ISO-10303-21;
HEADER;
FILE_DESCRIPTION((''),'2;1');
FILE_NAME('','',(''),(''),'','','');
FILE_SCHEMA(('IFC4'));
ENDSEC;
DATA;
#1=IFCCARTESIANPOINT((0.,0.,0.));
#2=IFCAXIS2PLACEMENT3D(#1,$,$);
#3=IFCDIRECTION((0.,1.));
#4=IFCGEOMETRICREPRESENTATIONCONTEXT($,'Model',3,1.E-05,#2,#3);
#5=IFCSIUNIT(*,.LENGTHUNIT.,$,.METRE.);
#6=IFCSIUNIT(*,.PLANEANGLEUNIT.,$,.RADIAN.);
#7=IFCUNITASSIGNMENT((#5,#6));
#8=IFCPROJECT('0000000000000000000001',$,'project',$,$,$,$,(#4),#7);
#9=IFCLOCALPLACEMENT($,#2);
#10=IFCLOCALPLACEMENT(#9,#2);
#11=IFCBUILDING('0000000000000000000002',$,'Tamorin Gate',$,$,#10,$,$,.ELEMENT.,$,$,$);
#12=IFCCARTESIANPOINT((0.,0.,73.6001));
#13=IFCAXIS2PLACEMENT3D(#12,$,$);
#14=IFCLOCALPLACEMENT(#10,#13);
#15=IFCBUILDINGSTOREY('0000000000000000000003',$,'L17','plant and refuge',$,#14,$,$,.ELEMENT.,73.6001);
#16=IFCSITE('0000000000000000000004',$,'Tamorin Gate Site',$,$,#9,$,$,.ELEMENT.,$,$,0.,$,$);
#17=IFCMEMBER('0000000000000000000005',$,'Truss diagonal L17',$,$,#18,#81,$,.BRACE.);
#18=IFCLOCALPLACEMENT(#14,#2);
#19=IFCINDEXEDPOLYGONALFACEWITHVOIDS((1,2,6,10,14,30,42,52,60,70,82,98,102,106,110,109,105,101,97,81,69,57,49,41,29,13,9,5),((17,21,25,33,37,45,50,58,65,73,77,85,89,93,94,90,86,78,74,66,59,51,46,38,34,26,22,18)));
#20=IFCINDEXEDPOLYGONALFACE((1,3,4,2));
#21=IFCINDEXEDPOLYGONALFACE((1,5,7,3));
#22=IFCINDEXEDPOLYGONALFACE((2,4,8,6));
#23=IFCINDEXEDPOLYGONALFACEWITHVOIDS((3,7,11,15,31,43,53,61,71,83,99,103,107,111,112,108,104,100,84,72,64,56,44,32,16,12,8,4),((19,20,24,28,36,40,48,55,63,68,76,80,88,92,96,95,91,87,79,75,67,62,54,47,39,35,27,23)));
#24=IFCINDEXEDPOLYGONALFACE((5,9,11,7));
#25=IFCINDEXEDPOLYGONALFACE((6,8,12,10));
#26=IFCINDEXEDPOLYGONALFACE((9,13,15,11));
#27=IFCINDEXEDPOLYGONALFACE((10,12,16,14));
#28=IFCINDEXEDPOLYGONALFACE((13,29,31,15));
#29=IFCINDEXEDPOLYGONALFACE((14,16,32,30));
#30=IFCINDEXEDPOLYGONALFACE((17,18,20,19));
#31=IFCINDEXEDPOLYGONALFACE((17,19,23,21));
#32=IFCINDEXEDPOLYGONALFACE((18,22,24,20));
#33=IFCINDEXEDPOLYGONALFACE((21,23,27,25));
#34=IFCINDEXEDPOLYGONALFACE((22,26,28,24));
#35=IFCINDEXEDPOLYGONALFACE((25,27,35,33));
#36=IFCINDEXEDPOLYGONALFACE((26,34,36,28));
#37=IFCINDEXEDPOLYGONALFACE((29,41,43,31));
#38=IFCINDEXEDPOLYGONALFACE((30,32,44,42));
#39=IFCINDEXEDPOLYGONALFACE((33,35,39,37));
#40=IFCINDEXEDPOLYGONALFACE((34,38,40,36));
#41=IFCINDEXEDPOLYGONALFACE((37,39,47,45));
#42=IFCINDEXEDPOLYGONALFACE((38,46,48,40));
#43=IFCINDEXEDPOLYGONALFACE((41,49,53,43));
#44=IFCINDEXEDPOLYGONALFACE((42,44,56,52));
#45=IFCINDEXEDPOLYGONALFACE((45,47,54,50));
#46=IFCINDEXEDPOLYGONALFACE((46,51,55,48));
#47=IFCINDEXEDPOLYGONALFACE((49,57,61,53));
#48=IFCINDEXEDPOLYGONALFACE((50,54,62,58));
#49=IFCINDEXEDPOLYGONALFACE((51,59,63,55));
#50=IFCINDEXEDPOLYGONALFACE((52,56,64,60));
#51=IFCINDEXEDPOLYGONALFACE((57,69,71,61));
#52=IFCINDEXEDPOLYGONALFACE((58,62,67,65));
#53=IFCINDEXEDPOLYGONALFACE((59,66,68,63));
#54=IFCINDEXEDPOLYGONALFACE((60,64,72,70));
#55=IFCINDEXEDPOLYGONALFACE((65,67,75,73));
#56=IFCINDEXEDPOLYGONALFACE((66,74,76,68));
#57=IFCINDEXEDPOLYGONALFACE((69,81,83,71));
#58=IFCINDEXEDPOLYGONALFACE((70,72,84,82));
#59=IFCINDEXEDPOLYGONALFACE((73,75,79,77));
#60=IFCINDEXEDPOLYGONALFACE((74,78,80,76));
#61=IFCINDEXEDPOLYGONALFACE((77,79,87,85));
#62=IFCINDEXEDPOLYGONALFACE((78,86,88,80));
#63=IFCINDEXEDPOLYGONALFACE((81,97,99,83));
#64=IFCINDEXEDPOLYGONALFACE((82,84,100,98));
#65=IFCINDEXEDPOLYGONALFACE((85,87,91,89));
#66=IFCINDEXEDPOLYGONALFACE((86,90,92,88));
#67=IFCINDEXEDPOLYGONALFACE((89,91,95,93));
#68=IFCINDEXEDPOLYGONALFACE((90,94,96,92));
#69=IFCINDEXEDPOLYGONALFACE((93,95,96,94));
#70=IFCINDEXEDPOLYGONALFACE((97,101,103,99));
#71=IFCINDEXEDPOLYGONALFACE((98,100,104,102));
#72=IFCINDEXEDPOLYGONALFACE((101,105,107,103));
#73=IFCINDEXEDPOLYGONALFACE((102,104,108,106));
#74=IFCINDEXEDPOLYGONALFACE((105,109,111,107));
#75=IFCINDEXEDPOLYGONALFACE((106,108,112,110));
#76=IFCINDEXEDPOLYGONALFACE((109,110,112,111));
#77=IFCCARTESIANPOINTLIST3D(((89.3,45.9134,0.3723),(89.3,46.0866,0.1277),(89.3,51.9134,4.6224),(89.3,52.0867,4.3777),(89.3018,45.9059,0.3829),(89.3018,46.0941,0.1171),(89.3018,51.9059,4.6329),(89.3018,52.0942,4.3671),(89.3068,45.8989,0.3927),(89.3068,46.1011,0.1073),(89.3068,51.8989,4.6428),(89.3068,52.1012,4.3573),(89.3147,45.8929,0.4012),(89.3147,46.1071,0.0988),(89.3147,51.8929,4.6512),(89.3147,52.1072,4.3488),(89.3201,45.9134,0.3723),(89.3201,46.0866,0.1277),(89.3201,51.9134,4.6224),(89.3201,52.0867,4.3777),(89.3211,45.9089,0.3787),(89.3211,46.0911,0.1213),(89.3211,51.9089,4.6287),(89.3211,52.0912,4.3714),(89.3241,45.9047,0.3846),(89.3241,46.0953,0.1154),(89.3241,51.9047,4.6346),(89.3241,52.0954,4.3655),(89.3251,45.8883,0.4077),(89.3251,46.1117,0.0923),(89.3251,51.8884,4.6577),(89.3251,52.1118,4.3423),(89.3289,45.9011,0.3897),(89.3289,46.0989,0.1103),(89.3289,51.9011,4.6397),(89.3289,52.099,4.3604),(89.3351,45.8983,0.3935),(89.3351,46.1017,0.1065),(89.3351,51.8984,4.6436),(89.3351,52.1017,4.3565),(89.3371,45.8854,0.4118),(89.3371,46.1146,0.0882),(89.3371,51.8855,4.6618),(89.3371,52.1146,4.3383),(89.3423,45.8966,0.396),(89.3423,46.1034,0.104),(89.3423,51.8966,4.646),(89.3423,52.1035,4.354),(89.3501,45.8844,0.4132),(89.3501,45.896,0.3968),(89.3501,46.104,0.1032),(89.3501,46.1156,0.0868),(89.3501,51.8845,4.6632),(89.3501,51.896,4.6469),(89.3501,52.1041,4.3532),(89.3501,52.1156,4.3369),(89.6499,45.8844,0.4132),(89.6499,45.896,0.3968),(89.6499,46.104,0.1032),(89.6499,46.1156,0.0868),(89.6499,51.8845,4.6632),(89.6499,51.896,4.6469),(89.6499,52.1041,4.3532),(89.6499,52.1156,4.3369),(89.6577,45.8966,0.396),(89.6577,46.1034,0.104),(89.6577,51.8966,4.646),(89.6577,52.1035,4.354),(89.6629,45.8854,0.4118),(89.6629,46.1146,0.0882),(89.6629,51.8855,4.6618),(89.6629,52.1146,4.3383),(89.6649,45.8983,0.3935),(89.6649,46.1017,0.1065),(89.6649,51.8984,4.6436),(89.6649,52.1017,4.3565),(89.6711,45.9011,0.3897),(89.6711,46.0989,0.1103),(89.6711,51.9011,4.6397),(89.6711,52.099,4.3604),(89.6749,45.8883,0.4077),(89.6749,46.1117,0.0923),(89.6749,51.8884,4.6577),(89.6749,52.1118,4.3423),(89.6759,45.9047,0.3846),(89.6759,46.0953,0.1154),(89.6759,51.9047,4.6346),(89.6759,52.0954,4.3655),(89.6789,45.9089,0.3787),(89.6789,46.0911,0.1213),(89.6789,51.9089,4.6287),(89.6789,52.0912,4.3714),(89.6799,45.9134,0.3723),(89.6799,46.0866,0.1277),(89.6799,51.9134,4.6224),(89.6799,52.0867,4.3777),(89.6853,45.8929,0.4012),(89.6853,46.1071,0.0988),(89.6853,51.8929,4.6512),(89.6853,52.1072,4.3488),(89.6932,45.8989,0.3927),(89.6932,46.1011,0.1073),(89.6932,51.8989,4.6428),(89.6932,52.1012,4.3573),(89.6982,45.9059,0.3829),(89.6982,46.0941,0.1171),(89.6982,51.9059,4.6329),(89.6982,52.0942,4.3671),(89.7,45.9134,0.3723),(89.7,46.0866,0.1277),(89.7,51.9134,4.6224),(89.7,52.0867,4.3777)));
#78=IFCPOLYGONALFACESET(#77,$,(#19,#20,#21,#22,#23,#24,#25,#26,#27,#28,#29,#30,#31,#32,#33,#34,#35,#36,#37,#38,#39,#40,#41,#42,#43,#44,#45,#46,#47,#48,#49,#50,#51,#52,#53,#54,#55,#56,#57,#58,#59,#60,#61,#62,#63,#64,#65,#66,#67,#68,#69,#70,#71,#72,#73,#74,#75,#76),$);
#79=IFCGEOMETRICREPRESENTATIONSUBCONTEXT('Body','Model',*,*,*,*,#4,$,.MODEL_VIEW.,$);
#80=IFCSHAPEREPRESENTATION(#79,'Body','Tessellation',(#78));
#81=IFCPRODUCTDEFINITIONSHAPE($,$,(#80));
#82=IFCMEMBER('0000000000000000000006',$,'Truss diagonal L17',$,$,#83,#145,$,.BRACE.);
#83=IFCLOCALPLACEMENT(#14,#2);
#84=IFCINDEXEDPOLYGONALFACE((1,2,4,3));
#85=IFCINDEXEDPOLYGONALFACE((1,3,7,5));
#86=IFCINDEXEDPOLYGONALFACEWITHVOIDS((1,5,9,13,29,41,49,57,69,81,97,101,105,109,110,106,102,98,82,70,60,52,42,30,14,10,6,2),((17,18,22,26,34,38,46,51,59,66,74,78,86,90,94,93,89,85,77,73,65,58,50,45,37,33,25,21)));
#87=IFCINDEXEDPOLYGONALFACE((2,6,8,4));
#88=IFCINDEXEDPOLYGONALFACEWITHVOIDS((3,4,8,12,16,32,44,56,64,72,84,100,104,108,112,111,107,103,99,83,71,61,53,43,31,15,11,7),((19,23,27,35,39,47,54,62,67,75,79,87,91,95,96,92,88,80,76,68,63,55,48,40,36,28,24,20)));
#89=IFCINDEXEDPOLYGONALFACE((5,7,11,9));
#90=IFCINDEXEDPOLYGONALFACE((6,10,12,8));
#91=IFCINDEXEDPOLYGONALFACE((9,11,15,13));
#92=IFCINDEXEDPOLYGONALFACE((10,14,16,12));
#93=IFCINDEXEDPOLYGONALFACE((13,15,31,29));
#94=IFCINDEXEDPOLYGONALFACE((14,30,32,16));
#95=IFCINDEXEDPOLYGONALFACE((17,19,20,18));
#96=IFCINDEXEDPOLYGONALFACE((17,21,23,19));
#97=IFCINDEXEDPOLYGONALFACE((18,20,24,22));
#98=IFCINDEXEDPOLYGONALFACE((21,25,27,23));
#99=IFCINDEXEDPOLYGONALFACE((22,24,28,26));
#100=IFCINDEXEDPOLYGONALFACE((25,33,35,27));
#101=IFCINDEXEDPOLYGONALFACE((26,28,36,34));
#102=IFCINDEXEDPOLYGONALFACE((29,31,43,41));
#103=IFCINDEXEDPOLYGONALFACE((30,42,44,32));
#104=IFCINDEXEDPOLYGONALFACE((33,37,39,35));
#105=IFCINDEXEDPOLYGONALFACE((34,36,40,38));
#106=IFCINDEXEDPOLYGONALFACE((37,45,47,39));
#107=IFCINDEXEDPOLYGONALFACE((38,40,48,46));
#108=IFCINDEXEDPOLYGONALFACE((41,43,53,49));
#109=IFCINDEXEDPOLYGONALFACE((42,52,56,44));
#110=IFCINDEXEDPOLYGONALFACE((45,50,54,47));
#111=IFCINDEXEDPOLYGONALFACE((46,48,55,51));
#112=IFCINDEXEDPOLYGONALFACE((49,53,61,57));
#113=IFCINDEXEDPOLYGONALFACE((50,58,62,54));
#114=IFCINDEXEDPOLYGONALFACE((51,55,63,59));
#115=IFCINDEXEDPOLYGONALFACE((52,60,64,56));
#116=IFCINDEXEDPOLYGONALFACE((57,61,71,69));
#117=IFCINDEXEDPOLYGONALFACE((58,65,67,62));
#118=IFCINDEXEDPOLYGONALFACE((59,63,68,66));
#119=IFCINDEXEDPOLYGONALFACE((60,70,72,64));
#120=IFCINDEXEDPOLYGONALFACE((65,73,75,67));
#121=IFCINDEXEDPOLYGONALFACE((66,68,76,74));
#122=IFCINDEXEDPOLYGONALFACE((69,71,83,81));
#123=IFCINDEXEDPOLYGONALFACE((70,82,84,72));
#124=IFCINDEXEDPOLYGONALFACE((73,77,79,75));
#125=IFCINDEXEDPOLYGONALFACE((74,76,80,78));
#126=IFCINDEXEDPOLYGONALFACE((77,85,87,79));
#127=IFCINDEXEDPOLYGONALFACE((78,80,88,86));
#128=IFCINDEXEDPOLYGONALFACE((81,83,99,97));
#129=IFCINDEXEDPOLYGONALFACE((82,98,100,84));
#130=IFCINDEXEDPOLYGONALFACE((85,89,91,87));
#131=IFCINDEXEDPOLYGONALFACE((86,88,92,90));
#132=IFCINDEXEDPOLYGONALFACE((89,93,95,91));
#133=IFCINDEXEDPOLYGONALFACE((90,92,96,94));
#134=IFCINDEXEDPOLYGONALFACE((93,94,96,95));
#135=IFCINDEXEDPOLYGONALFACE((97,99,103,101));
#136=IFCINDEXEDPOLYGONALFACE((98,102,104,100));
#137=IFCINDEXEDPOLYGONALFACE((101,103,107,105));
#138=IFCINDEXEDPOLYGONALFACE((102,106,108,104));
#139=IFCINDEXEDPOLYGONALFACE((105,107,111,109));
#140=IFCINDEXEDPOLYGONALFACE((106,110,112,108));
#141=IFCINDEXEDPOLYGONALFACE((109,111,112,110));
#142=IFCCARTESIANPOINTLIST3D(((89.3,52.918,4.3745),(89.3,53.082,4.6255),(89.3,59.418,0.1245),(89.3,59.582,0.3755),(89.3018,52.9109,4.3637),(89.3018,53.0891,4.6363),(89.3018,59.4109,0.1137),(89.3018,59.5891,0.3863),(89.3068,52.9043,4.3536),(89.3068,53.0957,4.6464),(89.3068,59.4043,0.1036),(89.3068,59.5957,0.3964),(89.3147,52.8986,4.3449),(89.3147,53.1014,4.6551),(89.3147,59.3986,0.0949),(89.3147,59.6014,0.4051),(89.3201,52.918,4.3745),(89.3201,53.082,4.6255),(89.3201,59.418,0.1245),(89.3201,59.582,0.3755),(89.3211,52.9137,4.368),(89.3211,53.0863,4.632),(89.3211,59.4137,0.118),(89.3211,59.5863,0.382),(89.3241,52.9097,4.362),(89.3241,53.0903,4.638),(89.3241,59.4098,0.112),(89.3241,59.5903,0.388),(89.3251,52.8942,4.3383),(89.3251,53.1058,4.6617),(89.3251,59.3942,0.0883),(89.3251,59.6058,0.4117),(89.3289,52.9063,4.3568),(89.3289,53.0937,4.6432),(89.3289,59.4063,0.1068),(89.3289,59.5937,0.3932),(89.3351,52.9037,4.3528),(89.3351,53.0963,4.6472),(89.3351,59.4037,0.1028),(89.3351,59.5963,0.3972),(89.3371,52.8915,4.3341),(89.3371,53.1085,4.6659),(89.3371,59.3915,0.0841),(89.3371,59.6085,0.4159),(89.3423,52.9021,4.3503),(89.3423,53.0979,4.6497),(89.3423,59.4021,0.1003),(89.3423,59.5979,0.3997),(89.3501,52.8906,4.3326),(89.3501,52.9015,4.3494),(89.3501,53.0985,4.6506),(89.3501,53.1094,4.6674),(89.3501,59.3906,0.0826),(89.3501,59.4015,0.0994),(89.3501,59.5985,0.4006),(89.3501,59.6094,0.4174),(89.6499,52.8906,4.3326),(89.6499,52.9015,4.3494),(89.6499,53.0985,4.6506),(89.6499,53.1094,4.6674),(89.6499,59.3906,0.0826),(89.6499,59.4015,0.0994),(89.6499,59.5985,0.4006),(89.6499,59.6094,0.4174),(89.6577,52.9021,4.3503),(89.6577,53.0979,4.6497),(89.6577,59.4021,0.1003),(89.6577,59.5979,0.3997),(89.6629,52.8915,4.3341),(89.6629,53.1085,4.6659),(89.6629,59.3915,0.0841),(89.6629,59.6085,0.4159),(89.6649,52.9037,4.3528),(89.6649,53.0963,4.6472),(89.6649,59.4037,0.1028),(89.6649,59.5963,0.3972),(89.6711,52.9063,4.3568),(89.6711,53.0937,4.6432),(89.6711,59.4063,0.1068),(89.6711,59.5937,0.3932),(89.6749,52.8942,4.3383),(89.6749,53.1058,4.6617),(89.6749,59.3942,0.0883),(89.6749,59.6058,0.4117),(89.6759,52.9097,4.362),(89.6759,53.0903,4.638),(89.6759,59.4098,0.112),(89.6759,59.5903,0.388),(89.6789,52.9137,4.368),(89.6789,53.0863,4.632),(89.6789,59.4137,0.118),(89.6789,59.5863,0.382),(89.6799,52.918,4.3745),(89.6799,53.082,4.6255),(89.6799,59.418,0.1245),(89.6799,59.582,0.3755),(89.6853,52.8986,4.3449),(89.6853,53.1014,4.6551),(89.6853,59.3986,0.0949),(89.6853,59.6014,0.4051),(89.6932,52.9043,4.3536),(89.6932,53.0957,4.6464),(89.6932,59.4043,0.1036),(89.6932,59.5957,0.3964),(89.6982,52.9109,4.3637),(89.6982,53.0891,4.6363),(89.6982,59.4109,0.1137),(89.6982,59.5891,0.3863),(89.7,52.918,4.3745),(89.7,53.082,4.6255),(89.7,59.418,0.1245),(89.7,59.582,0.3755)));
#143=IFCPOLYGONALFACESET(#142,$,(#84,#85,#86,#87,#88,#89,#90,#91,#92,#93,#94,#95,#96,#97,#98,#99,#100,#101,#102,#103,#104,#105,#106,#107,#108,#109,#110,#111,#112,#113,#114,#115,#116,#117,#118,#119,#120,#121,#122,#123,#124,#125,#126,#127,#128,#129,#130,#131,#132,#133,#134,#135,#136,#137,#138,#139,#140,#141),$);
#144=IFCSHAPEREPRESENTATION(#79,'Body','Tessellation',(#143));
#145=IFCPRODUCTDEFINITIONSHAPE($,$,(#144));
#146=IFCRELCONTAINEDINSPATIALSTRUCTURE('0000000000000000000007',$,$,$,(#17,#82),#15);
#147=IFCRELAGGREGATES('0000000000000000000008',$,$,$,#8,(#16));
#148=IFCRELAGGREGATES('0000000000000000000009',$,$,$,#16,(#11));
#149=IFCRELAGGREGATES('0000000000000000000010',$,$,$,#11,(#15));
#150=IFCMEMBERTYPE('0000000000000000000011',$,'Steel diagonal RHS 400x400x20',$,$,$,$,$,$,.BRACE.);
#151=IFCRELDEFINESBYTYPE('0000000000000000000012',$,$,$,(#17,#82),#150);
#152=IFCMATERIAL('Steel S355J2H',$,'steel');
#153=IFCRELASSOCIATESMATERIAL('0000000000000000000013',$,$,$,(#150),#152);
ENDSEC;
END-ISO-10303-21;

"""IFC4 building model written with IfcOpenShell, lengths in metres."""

from ifc_helpers import new_model, si_unit, direction, frame, origin, origin_2d, place, context, subcontext, project, spatial, hollow_rectangle, extrude, material, material_profile, profile_set, type_object, element, save


model = new_model("IFC4")

# Units and contexts
model_context = context("Model", 3, precision=1e-05, world=origin(), true_north=direction((0.0, 1.0)))
body_context = subcontext(model_context, "Body", "Model", "MODEL_VIEW")
ifc_project = project(units=[si_unit("LENGTHUNIT", "METRE"), si_unit("PLANEANGLEUNIT", "RADIAN")], contexts=[model_context])

# Site, building, storey
site_placement = place(None, origin())
site = spatial("IfcSite", under=ifc_project, at=site_placement, Name="Tamorin Gate Site", CompositionType="ELEMENT", RefElevation=0.0)
building_placement = place(site_placement, origin())
building = spatial("IfcBuilding", under=site, at=building_placement, Name="Tamorin Gate", CompositionType="ELEMENT")
storey_placement = place(building_placement, frame((0.0, 0.0, 73.6001)))
storey = spatial("IfcBuildingStorey", under=building, at=storey_placement, Name="L17", Description="plant and refuge", CompositionType="ELEMENT", Elevation=73.6001)

# Members
ifc_material_1 = material(Name="Steel S355J2H", Category="steel")
ifc_material_profile_1 = material_profile(ifc_material_1, hollow_rectangle(XDim=0.3999, YDim=0.3999, WallThickness=0.02, InnerFilletRadius=0.03, OuterFilletRadius=0.05, at=origin_2d()), Name="RHS 400x400x20")
ifc_profile_set_1 = profile_set([ifc_material_profile_1], Name="Steel S355J2H")
member_type_1 = type_object("IfcMemberType", Name="Steel diagonal RHS 400x400x20", PredefinedType="BRACE", material=ifc_profile_set_1)
member_placement = place(storey_placement, frame((89.5, 46.0, 0.25), z_axis=(0.0, 0.816024, 0.578017), x_axis=(-1.0, 0.0, 0.0)))
element("IfcMember", 1, at=member_placement, inside=storey, type_object=member_type_1, Name="Truss diagonal L17", PredefinedType="BRACE", context=body_context, shape_type="SweptSolid", body=[
    extrude(hollow_rectangle(XDim=0.3999, YDim=0.3999, WallThickness=0.02, InnerFilletRadius=0.03, OuterFilletRadius=0.05, at=origin_2d()), origin(), (0.0, 0.0, 1.0), 7.3528),
])
for number, where, z_axis, x_axis, name in (
    (2, (89.5, 53.0, 4.5), (0.0, 0.83697, -0.547249), (-1.0, 0.0, 0.0), "Truss diagonal L17"),
):
    element("IfcMember", number, at=place(storey_placement, frame(where, z_axis=z_axis, x_axis=x_axis)), inside=storey, type_object=member_type_1, Name=name, PredefinedType="BRACE", context=body_context, shape_type="SweptSolid", body=[
        extrude(hollow_rectangle(XDim=0.3999, YDim=0.3999, WallThickness=0.02, InnerFilletRadius=0.03, OuterFilletRadius=0.05, at=origin_2d()), origin(), (0.0, 0.0, 1.0), 7.7661),
    ])

save(model, "model.ifc")
